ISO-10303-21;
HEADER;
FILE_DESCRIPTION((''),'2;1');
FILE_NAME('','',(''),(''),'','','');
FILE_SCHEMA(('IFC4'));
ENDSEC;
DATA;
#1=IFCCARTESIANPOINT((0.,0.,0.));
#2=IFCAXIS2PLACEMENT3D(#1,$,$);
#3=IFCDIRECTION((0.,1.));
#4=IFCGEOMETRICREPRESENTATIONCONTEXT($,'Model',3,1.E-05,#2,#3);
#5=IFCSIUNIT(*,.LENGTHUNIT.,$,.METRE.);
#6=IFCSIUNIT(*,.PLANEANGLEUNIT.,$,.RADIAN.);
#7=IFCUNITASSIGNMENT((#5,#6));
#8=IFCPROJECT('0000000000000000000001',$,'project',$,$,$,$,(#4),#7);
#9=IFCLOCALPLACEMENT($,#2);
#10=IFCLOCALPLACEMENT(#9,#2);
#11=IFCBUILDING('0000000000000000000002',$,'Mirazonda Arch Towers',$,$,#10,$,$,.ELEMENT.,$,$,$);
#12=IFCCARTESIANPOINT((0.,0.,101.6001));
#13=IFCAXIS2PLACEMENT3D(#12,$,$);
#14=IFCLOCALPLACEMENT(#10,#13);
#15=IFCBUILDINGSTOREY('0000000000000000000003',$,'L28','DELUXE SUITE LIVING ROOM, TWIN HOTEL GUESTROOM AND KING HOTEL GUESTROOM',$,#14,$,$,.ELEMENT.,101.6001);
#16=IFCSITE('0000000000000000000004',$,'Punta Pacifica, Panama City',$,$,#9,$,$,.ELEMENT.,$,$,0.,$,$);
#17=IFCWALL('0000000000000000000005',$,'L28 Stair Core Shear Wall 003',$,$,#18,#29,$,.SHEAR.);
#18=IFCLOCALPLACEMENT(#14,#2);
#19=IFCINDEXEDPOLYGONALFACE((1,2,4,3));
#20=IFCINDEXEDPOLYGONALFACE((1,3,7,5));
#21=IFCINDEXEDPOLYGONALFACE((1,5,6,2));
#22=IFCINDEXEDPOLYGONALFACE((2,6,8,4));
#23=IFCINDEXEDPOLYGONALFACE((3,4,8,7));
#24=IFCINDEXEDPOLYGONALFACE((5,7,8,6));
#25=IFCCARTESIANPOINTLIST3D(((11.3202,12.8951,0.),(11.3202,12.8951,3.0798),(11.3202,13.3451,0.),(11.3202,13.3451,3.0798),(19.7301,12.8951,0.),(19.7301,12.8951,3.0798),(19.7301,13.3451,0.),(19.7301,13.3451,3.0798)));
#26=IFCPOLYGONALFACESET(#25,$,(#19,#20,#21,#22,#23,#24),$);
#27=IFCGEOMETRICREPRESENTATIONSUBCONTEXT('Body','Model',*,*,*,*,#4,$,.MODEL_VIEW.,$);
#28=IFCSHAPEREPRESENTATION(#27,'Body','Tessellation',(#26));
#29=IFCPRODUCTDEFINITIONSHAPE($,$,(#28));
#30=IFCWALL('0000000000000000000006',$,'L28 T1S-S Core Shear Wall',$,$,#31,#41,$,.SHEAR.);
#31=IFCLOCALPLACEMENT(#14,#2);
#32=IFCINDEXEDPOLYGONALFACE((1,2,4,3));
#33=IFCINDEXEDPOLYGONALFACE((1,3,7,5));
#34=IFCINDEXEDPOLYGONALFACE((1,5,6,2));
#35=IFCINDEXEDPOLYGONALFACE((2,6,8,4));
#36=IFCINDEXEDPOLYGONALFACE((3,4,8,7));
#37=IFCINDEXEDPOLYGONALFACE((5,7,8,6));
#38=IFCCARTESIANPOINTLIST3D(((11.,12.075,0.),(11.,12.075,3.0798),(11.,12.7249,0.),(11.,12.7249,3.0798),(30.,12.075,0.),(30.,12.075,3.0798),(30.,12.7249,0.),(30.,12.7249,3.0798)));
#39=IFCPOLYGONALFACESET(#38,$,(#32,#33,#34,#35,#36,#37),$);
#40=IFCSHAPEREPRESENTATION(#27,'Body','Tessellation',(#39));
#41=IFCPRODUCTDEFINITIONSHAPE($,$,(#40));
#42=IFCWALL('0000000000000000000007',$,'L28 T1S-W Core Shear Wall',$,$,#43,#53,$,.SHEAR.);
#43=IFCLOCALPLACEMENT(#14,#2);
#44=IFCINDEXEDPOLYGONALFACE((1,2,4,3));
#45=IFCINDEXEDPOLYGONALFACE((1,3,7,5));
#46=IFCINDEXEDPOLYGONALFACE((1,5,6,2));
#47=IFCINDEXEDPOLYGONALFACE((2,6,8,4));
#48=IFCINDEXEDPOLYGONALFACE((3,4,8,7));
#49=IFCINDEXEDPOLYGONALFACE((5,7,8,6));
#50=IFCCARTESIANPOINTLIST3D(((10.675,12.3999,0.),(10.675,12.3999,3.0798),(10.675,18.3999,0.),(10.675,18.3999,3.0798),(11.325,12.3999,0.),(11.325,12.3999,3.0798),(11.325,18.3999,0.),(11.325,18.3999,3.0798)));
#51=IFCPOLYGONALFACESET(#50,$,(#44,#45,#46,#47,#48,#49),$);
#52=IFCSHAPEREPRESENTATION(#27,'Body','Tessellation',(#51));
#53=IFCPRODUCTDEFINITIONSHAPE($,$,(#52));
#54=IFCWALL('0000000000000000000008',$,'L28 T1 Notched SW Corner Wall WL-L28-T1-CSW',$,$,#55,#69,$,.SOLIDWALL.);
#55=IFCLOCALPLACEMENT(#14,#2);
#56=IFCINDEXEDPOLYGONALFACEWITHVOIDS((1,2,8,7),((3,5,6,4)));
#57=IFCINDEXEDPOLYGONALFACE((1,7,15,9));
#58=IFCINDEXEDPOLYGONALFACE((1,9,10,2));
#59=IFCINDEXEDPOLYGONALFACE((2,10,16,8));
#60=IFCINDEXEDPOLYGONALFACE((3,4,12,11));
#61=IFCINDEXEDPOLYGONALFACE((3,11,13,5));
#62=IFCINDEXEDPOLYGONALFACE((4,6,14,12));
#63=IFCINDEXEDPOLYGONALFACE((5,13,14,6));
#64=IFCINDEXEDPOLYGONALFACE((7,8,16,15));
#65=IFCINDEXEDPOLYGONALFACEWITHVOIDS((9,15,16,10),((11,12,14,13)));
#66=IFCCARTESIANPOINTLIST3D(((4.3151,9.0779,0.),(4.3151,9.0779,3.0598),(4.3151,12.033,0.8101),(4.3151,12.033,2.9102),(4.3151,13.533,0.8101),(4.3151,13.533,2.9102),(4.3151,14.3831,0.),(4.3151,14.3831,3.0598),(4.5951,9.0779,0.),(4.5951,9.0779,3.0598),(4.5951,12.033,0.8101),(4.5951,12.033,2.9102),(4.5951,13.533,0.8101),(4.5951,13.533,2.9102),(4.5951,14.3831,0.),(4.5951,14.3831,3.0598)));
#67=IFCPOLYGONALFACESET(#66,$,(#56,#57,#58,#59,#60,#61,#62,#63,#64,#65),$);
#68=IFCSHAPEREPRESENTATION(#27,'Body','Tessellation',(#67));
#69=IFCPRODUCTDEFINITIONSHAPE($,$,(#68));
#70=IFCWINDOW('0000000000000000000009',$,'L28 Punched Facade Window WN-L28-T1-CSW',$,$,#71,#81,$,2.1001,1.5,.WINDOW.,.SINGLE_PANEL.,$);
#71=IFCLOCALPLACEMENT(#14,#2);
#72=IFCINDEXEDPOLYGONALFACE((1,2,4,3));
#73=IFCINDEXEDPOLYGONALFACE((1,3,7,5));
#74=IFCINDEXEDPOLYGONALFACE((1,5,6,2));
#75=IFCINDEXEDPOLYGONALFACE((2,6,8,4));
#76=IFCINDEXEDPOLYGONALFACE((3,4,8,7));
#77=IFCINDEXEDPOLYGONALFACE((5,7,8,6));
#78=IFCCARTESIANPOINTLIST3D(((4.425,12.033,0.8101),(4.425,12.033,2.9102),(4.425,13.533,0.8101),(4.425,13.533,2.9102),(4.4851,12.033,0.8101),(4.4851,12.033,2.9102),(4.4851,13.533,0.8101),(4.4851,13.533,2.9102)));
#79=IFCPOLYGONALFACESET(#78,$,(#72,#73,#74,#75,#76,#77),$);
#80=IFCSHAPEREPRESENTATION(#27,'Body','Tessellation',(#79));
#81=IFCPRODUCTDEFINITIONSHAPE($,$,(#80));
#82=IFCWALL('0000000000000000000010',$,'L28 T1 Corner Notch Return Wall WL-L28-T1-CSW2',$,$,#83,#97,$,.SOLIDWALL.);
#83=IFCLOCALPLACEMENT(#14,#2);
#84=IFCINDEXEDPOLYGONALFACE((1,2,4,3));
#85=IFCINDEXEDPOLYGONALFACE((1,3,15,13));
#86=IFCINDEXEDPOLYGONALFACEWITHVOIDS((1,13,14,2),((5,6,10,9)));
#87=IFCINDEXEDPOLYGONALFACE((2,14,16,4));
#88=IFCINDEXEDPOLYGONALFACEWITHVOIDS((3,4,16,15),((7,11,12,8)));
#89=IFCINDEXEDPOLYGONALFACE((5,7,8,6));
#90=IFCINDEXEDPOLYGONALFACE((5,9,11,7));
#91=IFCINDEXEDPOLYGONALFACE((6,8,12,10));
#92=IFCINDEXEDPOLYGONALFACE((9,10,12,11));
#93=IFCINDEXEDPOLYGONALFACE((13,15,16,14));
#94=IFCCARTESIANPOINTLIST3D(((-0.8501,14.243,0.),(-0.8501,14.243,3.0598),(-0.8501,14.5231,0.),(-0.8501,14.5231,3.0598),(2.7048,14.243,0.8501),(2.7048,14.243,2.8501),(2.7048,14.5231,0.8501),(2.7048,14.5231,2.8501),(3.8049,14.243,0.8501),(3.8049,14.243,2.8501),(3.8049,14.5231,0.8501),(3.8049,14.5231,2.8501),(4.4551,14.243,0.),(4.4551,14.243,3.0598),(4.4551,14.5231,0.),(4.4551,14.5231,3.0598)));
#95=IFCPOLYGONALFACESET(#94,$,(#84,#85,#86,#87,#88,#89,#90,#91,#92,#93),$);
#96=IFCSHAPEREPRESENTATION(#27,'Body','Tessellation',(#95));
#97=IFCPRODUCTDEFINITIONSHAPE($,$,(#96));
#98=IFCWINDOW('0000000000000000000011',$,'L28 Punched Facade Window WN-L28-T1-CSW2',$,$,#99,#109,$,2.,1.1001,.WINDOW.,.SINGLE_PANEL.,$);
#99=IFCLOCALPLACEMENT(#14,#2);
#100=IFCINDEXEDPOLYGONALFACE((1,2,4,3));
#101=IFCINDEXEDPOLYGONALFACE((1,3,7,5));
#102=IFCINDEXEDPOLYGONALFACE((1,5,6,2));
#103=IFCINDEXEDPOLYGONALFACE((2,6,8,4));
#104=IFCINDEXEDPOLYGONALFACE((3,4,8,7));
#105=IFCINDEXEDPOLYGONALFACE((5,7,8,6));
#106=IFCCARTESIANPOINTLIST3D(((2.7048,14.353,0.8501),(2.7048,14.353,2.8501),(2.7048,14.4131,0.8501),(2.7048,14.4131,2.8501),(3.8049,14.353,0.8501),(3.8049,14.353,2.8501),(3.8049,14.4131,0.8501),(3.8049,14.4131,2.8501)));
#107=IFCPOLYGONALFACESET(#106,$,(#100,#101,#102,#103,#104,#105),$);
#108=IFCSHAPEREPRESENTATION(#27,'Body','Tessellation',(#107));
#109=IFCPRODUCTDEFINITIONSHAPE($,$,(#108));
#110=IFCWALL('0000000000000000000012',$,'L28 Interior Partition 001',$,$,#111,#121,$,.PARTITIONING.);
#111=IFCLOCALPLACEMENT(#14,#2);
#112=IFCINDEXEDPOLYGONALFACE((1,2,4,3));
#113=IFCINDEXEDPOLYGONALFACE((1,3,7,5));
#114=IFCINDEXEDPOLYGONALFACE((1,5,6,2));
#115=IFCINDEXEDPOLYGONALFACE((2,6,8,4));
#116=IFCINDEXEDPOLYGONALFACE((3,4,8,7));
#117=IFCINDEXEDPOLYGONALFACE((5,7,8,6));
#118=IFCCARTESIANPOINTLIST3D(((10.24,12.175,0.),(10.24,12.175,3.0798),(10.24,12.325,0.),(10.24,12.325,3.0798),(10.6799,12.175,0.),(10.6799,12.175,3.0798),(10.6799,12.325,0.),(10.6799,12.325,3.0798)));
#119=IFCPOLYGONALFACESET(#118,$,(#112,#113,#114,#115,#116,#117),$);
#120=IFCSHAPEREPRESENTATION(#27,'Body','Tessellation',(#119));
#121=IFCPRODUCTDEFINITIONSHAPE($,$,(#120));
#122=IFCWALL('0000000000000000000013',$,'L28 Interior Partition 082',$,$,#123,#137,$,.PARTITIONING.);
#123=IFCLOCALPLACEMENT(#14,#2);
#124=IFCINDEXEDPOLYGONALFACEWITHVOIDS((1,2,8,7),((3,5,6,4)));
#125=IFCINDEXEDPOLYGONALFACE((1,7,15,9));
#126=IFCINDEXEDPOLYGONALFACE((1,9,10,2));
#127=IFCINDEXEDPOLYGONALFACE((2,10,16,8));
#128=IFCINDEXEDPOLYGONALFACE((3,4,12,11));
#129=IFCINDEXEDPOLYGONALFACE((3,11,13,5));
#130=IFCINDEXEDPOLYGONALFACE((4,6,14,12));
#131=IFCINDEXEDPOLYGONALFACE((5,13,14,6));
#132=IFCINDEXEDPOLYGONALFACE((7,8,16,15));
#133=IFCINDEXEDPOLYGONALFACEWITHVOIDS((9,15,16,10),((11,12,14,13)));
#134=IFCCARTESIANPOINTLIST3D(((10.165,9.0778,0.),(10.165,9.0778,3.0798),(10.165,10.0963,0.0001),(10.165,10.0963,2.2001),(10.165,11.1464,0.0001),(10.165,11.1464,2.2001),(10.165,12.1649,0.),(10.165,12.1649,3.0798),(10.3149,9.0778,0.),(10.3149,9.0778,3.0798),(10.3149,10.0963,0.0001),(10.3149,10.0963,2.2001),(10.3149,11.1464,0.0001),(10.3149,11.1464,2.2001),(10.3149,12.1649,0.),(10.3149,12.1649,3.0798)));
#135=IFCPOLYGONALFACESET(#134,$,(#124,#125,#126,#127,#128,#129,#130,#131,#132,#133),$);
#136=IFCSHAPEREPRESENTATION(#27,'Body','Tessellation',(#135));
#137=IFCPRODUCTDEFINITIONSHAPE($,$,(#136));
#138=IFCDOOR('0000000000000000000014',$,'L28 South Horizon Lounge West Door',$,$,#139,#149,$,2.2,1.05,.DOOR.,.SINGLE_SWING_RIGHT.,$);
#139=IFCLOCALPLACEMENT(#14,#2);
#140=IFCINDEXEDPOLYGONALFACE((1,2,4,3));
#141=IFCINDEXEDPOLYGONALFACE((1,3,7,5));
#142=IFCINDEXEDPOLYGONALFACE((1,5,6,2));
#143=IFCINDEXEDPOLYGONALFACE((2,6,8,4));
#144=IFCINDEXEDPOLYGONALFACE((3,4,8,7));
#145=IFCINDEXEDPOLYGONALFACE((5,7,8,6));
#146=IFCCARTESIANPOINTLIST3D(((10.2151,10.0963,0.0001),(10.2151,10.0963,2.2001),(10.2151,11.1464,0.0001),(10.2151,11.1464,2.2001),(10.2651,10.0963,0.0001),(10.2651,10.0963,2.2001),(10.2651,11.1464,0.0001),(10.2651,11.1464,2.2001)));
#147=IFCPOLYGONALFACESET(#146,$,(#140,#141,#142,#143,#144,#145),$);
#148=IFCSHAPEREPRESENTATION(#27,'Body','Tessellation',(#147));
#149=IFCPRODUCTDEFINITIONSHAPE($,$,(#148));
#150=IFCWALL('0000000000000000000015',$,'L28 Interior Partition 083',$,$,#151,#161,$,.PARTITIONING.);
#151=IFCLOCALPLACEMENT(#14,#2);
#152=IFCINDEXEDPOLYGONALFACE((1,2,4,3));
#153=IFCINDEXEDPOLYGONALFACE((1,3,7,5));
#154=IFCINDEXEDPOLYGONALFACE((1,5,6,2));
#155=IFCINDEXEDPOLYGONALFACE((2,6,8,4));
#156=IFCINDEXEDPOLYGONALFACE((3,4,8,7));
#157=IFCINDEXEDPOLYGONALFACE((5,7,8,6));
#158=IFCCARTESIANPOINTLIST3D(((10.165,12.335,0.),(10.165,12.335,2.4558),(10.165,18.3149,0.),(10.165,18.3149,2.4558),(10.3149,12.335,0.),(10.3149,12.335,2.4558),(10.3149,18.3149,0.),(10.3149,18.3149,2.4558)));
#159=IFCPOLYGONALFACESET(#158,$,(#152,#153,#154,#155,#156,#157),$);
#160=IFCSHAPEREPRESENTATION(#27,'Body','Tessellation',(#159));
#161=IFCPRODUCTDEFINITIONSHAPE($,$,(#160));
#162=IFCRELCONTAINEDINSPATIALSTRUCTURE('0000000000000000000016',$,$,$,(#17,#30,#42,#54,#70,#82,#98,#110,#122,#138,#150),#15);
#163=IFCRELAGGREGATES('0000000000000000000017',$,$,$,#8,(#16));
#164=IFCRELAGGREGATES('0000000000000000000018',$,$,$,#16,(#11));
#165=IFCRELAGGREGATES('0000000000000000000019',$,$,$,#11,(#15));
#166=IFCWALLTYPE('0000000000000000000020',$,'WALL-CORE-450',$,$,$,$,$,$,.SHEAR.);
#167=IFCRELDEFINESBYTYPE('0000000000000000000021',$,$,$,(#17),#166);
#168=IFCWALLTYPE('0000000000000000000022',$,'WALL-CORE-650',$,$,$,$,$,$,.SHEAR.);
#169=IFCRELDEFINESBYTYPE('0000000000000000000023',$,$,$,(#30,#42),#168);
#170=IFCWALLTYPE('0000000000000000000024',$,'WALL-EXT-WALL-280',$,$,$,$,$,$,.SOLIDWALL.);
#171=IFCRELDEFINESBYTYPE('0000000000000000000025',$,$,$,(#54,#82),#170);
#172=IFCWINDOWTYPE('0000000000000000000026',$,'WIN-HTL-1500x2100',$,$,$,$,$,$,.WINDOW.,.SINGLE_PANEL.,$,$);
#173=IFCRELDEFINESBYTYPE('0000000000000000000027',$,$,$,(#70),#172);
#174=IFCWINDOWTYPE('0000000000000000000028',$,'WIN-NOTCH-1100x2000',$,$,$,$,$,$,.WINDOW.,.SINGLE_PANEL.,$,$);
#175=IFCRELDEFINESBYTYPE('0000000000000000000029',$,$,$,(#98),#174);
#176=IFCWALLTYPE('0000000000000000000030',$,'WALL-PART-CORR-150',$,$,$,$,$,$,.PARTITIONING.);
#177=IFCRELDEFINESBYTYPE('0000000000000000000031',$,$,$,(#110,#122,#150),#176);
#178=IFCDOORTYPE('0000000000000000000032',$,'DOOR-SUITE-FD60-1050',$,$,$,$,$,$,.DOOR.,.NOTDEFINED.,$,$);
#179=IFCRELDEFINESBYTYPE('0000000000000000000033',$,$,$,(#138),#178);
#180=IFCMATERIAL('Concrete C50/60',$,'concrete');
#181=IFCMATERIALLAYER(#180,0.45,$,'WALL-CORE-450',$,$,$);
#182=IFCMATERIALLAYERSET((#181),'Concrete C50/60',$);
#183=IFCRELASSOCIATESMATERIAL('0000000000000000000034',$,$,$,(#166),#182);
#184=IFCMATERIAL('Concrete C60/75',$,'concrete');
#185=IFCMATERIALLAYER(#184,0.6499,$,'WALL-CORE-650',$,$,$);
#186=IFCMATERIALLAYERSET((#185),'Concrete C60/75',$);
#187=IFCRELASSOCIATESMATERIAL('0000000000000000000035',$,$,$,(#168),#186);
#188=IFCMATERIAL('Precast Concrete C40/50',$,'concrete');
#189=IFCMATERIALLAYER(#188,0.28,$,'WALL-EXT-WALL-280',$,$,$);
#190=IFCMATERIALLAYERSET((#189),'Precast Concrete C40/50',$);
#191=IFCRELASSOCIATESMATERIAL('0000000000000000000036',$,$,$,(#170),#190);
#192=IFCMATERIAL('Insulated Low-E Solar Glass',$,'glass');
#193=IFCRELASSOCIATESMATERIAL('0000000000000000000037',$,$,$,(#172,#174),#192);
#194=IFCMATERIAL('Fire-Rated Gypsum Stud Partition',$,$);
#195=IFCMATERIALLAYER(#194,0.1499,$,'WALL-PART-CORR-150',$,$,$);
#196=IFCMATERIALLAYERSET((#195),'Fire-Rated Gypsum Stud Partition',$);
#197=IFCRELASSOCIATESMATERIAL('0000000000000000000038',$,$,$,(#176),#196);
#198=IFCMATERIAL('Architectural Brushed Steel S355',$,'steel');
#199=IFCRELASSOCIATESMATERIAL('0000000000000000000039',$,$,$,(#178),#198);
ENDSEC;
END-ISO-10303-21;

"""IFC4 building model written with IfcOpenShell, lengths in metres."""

from ifc_helpers import new_model, si_unit, direction, frame, frame_2d, origin, place, context, subcontext, project, spatial, rectangle, extrude, material, layer, layer_set, type_object, element, fill, save


model = new_model("IFC4")

# Units and contexts
model_context = context("Model", 3, precision=1e-05, world=origin(), true_north=direction((0.0, 1.0)))
body_context = subcontext(model_context, "Body", "Model", "MODEL_VIEW")
ifc_project = project(units=[si_unit("LENGTHUNIT", "METRE"), si_unit("PLANEANGLEUNIT", "RADIAN")], contexts=[model_context])

# Site, building, storey
site_placement = place(None, origin())
site = spatial("IfcSite", under=ifc_project, at=site_placement, Name="Punta Pacifica, Panama City", CompositionType="ELEMENT", RefElevation=0.0)
building_placement = place(site_placement, origin())
building = spatial("IfcBuilding", under=site, at=building_placement, Name="Mirazonda Arch Towers", CompositionType="ELEMENT")
storey_placement = place(building_placement, frame((0.0, 0.0, 101.6001)))
storey = spatial("IfcBuildingStorey", under=building, at=storey_placement, Name="L28", Description="DELUXE SUITE LIVING ROOM, TWIN HOTEL GUESTROOM AND KING HOTEL GUESTROOM", CompositionType="ELEMENT", Elevation=101.6001)

# Shared definitions
ifc_material_1 = material(Name="Concrete C50/60", Category="concrete")
ifc_material_2 = material(Name="Concrete C60/75", Category="concrete")

# Shared definitions
ifc_material_3 = material(Name="Insulated Low-E Solar Glass", Category="glass")

# Walls
ifc_layer_1 = layer(ifc_material_1, 0.45, Name="WALL-CORE-450")
ifc_layer_set_1 = layer_set([ifc_layer_1], Name="Concrete C50/60")
wall_type_1 = type_object("IfcWallType", Name="WALL-CORE-450", PredefinedType="SHEAR", material=ifc_layer_set_1)
wall_1_placement = place(storey_placement, frame((11.3201, 13.1201, 0.0), z_axis=(0.0, 0.0, 1.0), x_axis=(1.0, 0.0, 0.0)))
element("IfcWall", 1, at=wall_1_placement, inside=storey, type_object=wall_type_1, Name="L28 Stair Core Shear Wall 003", PredefinedType="SHEAR", context=body_context, shape_type="SweptSolid", body=[
    extrude(rectangle(XDim=8.4099, YDim=0.45, at=frame_2d((4.2051, 0.0))), origin(), (0.0, 0.0, 1.0), 3.0798),
])
ifc_layer_2 = layer(ifc_material_2, 0.6499, Name="WALL-CORE-650")
ifc_layer_set_2 = layer_set([ifc_layer_2], Name="Concrete C60/75")
wall_type_2 = type_object("IfcWallType", Name="WALL-CORE-650", PredefinedType="SHEAR", material=ifc_layer_set_2)
wall_2_placement = place(storey_placement, frame((11.0, 12.3999, 0.0), z_axis=(0.0, 0.0, 1.0), x_axis=(1.0, 0.0, 0.0)))
element("IfcWall", 2, at=wall_2_placement, inside=storey, type_object=wall_type_2, Name="L28 T1S-S Core Shear Wall", PredefinedType="SHEAR", context=body_context, shape_type="SweptSolid", body=[
    extrude(rectangle(XDim=19.0, YDim=0.6499, at=frame_2d((9.5, 0.0))), origin(), (0.0, 0.0, 1.0), 3.0798),
])
wall_3_placement = place(storey_placement, frame((11.0, 12.3999, 0.0), z_axis=(0.0, 0.0, 1.0), x_axis=(0.0, 1.0, 0.0)))
element("IfcWall", 3, at=wall_3_placement, inside=storey, type_object=wall_type_2, Name="L28 T1S-W Core Shear Wall", PredefinedType="SHEAR", context=body_context, shape_type="SweptSolid", body=[
    extrude(rectangle(XDim=6.0, YDim=0.6499, at=frame_2d((3.0, 0.0))), origin(), (0.0, 0.0, 1.0), 3.0798),
])

# Walls, openings, windows
ifc_material_4 = material(Name="Precast Concrete C40/50", Category="concrete")
ifc_layer_3 = layer(ifc_material_4, 0.28, Name="WALL-EXT-WALL-280")
ifc_layer_set_3 = layer_set([ifc_layer_3], Name="Precast Concrete C40/50")
wall_type_3 = type_object("IfcWallType", Name="WALL-EXT-WALL-280", PredefinedType="SOLIDWALL", material=ifc_layer_set_3)
wall_4_placement = place(storey_placement, frame((4.4551, 14.3831, 0.0), z_axis=(0.0, 0.0, 1.0), x_axis=(0.0, -1.0, 0.0)))
wall_4 = element("IfcWall", 4, at=wall_4_placement, inside=storey, type_object=wall_type_3, Name="L28 T1 Notched SW Corner Wall WL-L28-T1-CSW", PredefinedType="SOLIDWALL", context=body_context, shape_type="SweptSolid", body=[
    extrude(rectangle(XDim=5.3052, YDim=0.28, at=frame_2d((2.6526, 0.0))), origin(), (0.0, 0.0, 1.0), 3.0598),
])
opening_1_placement = place(wall_4_placement, frame((0.8501, 0.0, 0.8101)))
opening_1 = element("IfcOpeningElement", 5, at=opening_1_placement, cuts=wall_4, PredefinedType="OPENING", context=body_context, shape_type="SweptSolid", body=[
    extrude(rectangle(XDim=1.5, YDim=2.1001, at=frame_2d((0.75, 1.05))), frame((0.0, 0.1499, 0.0), z_axis=(0.0, -1.0, 0.0), x_axis=(1.0, 0.0, 0.0)), (0.0, 0.0, 1.0), 0.3),
])
window_type_1 = type_object("IfcWindowType", Name="WIN-HTL-1500x2100", PartitioningType="SINGLE_PANEL", PredefinedType="WINDOW", material=ifc_material_3)
window_1_placement = place(opening_1_placement, origin())
window_1 = element("IfcWindow", 6, at=window_1_placement, inside=storey, type_object=window_type_1, Name="L28 Punched Facade Window WN-L28-T1-CSW", OverallHeight=2.1001, OverallWidth=1.5, PartitioningType="SINGLE_PANEL", PredefinedType="WINDOW", context=body_context, shape_type="SweptSolid", body=[
    extrude(rectangle(XDim=1.5, YDim=2.1001, at=frame_2d((0.75, 1.05))), frame((0.0, 0.03, 0.0), z_axis=(0.0, -1.0, 0.0), x_axis=(1.0, 0.0, 0.0)), (0.0, 0.0, 1.0), 0.0601),
])
fill(opening_1, window_1)
wall_5_placement = place(storey_placement, frame((-0.8501, 14.3831, 0.0), z_axis=(0.0, 0.0, 1.0), x_axis=(1.0, 0.0, 0.0)))
wall_5 = element("IfcWall", 7, at=wall_5_placement, inside=storey, type_object=wall_type_3, Name="L28 T1 Corner Notch Return Wall WL-L28-T1-CSW2", PredefinedType="SOLIDWALL", context=body_context, shape_type="SweptSolid", body=[
    extrude(rectangle(XDim=5.3052, YDim=0.28, at=frame_2d((2.6526, 0.0))), origin(), (0.0, 0.0, 1.0), 3.0598),
])
opening_2_placement = place(wall_5_placement, frame((3.5549, 0.0, 0.8501)))
opening_2 = element("IfcOpeningElement", 8, at=opening_2_placement, cuts=wall_5, PredefinedType="OPENING", context=body_context, shape_type="SweptSolid", body=[
    extrude(rectangle(XDim=1.1001, YDim=2.0, at=frame_2d((0.55, 1.0))), frame((0.0, 0.1499, 0.0), z_axis=(0.0, -1.0, 0.0), x_axis=(1.0, 0.0, 0.0)), (0.0, 0.0, 1.0), 0.3),
])
window_type_2 = type_object("IfcWindowType", Name="WIN-NOTCH-1100x2000", PartitioningType="SINGLE_PANEL", PredefinedType="WINDOW", material=ifc_material_3)
window_2_placement = place(opening_2_placement, origin())
window_2 = element("IfcWindow", 9, at=window_2_placement, inside=storey, type_object=window_type_2, Name="L28 Punched Facade Window WN-L28-T1-CSW2", OverallHeight=2.0, OverallWidth=1.1001, PartitioningType="SINGLE_PANEL", PredefinedType="WINDOW", context=body_context, shape_type="SweptSolid", body=[
    extrude(rectangle(XDim=1.1001, YDim=2.0, at=frame_2d((0.55, 1.0))), frame((0.0, 0.03, 0.0), z_axis=(0.0, -1.0, 0.0), x_axis=(1.0, 0.0, 0.0)), (0.0, 0.0, 1.0), 0.0601),
])
fill(opening_2, window_2)

# Wall
ifc_material_5 = material(Name="Fire-Rated Gypsum Stud Partition")
ifc_layer_4 = layer(ifc_material_5, 0.1499, Name="WALL-PART-CORR-150")
ifc_layer_set_4 = layer_set([ifc_layer_4], Name="Fire-Rated Gypsum Stud Partition")
wall_type_4 = type_object("IfcWallType", Name="WALL-PART-CORR-150", PredefinedType="PARTITIONING", material=ifc_layer_set_4)
wall_6_placement = place(storey_placement, frame((10.24, 12.25, 0.0), z_axis=(0.0, 0.0, 1.0), x_axis=(1.0, 0.0, 0.0)))
element("IfcWall", 10, at=wall_6_placement, inside=storey, type_object=wall_type_4, Name="L28 Interior Partition 001", PredefinedType="PARTITIONING", context=body_context, shape_type="SweptSolid", body=[
    extrude(rectangle(XDim=0.4399, YDim=0.1499, at=frame_2d((0.22, 0.0))), origin(), (0.0, 0.0, 1.0), 3.0798),
])

# Wall, opening, door
wall_7_placement = place(storey_placement, frame((10.24, 9.0779, 0.0), z_axis=(0.0, 0.0, 1.0), x_axis=(0.0, 1.0, 0.0)))
wall_7 = element("IfcWall", 11, at=wall_7_placement, inside=storey, type_object=wall_type_4, Name="L28 Interior Partition 082", PredefinedType="PARTITIONING", context=body_context, shape_type="SweptSolid", body=[
    extrude(rectangle(XDim=3.0872, YDim=0.1499, at=frame_2d((1.5435, 0.0))), origin(), (0.0, 0.0, 1.0), 3.0798),
])
opening_3_placement = place(wall_7_placement, frame((1.0186, 0.0, 0.0)))
opening_3 = element("IfcOpeningElement", 12, at=opening_3_placement, cuts=wall_7, PredefinedType="OPENING", context=body_context, shape_type="SweptSolid", body=[
    extrude(rectangle(XDim=1.05, YDim=2.2, at=frame_2d((0.5249, 1.1001))), frame((0.0, 0.085, 0.0), z_axis=(0.0, -1.0, 0.0), x_axis=(1.0, 0.0, 0.0)), (0.0, 0.0, 1.0), 0.1699),
])
ifc_material_6 = material(Name="Architectural Brushed Steel S355", Category="steel")
door_type_1 = type_object("IfcDoorType", Name="DOOR-SUITE-FD60-1050", OperationType="NOTDEFINED", PredefinedType="DOOR", material=ifc_material_6)
door_1_placement = place(opening_3_placement, origin())
door_1 = element("IfcDoor", 13, at=door_1_placement, inside=storey, type_object=door_type_1, Name="L28 South Horizon Lounge West Door", OperationType="SINGLE_SWING_RIGHT", OverallHeight=2.2, OverallWidth=1.05, PredefinedType="DOOR", context=body_context, shape_type="SweptSolid", body=[
    extrude(rectangle(XDim=1.05, YDim=2.2, at=frame_2d((0.5249, 1.1001))), frame((0.0, 0.0249, 0.0), z_axis=(0.0, -1.0, 0.0), x_axis=(1.0, 0.0, 0.0)), (0.0, 0.0, 1.0), 0.05),
])
fill(opening_3, door_1)

# Wall
wall_8_placement = place(storey_placement, frame((10.24, 12.335, 0.0), z_axis=(0.0, 0.0, 1.0), x_axis=(0.0, 1.0, 0.0)))
element("IfcWall", 14, at=wall_8_placement, inside=storey, type_object=wall_type_4, Name="L28 Interior Partition 083", PredefinedType="PARTITIONING", context=body_context, shape_type="SweptSolid", body=[
    extrude(rectangle(XDim=5.98, YDim=0.1499, at=frame_2d((2.99, 0.0))), origin(), (0.0, 0.0, 1.0), 2.4558),
])

save(model, "model.ifc")
